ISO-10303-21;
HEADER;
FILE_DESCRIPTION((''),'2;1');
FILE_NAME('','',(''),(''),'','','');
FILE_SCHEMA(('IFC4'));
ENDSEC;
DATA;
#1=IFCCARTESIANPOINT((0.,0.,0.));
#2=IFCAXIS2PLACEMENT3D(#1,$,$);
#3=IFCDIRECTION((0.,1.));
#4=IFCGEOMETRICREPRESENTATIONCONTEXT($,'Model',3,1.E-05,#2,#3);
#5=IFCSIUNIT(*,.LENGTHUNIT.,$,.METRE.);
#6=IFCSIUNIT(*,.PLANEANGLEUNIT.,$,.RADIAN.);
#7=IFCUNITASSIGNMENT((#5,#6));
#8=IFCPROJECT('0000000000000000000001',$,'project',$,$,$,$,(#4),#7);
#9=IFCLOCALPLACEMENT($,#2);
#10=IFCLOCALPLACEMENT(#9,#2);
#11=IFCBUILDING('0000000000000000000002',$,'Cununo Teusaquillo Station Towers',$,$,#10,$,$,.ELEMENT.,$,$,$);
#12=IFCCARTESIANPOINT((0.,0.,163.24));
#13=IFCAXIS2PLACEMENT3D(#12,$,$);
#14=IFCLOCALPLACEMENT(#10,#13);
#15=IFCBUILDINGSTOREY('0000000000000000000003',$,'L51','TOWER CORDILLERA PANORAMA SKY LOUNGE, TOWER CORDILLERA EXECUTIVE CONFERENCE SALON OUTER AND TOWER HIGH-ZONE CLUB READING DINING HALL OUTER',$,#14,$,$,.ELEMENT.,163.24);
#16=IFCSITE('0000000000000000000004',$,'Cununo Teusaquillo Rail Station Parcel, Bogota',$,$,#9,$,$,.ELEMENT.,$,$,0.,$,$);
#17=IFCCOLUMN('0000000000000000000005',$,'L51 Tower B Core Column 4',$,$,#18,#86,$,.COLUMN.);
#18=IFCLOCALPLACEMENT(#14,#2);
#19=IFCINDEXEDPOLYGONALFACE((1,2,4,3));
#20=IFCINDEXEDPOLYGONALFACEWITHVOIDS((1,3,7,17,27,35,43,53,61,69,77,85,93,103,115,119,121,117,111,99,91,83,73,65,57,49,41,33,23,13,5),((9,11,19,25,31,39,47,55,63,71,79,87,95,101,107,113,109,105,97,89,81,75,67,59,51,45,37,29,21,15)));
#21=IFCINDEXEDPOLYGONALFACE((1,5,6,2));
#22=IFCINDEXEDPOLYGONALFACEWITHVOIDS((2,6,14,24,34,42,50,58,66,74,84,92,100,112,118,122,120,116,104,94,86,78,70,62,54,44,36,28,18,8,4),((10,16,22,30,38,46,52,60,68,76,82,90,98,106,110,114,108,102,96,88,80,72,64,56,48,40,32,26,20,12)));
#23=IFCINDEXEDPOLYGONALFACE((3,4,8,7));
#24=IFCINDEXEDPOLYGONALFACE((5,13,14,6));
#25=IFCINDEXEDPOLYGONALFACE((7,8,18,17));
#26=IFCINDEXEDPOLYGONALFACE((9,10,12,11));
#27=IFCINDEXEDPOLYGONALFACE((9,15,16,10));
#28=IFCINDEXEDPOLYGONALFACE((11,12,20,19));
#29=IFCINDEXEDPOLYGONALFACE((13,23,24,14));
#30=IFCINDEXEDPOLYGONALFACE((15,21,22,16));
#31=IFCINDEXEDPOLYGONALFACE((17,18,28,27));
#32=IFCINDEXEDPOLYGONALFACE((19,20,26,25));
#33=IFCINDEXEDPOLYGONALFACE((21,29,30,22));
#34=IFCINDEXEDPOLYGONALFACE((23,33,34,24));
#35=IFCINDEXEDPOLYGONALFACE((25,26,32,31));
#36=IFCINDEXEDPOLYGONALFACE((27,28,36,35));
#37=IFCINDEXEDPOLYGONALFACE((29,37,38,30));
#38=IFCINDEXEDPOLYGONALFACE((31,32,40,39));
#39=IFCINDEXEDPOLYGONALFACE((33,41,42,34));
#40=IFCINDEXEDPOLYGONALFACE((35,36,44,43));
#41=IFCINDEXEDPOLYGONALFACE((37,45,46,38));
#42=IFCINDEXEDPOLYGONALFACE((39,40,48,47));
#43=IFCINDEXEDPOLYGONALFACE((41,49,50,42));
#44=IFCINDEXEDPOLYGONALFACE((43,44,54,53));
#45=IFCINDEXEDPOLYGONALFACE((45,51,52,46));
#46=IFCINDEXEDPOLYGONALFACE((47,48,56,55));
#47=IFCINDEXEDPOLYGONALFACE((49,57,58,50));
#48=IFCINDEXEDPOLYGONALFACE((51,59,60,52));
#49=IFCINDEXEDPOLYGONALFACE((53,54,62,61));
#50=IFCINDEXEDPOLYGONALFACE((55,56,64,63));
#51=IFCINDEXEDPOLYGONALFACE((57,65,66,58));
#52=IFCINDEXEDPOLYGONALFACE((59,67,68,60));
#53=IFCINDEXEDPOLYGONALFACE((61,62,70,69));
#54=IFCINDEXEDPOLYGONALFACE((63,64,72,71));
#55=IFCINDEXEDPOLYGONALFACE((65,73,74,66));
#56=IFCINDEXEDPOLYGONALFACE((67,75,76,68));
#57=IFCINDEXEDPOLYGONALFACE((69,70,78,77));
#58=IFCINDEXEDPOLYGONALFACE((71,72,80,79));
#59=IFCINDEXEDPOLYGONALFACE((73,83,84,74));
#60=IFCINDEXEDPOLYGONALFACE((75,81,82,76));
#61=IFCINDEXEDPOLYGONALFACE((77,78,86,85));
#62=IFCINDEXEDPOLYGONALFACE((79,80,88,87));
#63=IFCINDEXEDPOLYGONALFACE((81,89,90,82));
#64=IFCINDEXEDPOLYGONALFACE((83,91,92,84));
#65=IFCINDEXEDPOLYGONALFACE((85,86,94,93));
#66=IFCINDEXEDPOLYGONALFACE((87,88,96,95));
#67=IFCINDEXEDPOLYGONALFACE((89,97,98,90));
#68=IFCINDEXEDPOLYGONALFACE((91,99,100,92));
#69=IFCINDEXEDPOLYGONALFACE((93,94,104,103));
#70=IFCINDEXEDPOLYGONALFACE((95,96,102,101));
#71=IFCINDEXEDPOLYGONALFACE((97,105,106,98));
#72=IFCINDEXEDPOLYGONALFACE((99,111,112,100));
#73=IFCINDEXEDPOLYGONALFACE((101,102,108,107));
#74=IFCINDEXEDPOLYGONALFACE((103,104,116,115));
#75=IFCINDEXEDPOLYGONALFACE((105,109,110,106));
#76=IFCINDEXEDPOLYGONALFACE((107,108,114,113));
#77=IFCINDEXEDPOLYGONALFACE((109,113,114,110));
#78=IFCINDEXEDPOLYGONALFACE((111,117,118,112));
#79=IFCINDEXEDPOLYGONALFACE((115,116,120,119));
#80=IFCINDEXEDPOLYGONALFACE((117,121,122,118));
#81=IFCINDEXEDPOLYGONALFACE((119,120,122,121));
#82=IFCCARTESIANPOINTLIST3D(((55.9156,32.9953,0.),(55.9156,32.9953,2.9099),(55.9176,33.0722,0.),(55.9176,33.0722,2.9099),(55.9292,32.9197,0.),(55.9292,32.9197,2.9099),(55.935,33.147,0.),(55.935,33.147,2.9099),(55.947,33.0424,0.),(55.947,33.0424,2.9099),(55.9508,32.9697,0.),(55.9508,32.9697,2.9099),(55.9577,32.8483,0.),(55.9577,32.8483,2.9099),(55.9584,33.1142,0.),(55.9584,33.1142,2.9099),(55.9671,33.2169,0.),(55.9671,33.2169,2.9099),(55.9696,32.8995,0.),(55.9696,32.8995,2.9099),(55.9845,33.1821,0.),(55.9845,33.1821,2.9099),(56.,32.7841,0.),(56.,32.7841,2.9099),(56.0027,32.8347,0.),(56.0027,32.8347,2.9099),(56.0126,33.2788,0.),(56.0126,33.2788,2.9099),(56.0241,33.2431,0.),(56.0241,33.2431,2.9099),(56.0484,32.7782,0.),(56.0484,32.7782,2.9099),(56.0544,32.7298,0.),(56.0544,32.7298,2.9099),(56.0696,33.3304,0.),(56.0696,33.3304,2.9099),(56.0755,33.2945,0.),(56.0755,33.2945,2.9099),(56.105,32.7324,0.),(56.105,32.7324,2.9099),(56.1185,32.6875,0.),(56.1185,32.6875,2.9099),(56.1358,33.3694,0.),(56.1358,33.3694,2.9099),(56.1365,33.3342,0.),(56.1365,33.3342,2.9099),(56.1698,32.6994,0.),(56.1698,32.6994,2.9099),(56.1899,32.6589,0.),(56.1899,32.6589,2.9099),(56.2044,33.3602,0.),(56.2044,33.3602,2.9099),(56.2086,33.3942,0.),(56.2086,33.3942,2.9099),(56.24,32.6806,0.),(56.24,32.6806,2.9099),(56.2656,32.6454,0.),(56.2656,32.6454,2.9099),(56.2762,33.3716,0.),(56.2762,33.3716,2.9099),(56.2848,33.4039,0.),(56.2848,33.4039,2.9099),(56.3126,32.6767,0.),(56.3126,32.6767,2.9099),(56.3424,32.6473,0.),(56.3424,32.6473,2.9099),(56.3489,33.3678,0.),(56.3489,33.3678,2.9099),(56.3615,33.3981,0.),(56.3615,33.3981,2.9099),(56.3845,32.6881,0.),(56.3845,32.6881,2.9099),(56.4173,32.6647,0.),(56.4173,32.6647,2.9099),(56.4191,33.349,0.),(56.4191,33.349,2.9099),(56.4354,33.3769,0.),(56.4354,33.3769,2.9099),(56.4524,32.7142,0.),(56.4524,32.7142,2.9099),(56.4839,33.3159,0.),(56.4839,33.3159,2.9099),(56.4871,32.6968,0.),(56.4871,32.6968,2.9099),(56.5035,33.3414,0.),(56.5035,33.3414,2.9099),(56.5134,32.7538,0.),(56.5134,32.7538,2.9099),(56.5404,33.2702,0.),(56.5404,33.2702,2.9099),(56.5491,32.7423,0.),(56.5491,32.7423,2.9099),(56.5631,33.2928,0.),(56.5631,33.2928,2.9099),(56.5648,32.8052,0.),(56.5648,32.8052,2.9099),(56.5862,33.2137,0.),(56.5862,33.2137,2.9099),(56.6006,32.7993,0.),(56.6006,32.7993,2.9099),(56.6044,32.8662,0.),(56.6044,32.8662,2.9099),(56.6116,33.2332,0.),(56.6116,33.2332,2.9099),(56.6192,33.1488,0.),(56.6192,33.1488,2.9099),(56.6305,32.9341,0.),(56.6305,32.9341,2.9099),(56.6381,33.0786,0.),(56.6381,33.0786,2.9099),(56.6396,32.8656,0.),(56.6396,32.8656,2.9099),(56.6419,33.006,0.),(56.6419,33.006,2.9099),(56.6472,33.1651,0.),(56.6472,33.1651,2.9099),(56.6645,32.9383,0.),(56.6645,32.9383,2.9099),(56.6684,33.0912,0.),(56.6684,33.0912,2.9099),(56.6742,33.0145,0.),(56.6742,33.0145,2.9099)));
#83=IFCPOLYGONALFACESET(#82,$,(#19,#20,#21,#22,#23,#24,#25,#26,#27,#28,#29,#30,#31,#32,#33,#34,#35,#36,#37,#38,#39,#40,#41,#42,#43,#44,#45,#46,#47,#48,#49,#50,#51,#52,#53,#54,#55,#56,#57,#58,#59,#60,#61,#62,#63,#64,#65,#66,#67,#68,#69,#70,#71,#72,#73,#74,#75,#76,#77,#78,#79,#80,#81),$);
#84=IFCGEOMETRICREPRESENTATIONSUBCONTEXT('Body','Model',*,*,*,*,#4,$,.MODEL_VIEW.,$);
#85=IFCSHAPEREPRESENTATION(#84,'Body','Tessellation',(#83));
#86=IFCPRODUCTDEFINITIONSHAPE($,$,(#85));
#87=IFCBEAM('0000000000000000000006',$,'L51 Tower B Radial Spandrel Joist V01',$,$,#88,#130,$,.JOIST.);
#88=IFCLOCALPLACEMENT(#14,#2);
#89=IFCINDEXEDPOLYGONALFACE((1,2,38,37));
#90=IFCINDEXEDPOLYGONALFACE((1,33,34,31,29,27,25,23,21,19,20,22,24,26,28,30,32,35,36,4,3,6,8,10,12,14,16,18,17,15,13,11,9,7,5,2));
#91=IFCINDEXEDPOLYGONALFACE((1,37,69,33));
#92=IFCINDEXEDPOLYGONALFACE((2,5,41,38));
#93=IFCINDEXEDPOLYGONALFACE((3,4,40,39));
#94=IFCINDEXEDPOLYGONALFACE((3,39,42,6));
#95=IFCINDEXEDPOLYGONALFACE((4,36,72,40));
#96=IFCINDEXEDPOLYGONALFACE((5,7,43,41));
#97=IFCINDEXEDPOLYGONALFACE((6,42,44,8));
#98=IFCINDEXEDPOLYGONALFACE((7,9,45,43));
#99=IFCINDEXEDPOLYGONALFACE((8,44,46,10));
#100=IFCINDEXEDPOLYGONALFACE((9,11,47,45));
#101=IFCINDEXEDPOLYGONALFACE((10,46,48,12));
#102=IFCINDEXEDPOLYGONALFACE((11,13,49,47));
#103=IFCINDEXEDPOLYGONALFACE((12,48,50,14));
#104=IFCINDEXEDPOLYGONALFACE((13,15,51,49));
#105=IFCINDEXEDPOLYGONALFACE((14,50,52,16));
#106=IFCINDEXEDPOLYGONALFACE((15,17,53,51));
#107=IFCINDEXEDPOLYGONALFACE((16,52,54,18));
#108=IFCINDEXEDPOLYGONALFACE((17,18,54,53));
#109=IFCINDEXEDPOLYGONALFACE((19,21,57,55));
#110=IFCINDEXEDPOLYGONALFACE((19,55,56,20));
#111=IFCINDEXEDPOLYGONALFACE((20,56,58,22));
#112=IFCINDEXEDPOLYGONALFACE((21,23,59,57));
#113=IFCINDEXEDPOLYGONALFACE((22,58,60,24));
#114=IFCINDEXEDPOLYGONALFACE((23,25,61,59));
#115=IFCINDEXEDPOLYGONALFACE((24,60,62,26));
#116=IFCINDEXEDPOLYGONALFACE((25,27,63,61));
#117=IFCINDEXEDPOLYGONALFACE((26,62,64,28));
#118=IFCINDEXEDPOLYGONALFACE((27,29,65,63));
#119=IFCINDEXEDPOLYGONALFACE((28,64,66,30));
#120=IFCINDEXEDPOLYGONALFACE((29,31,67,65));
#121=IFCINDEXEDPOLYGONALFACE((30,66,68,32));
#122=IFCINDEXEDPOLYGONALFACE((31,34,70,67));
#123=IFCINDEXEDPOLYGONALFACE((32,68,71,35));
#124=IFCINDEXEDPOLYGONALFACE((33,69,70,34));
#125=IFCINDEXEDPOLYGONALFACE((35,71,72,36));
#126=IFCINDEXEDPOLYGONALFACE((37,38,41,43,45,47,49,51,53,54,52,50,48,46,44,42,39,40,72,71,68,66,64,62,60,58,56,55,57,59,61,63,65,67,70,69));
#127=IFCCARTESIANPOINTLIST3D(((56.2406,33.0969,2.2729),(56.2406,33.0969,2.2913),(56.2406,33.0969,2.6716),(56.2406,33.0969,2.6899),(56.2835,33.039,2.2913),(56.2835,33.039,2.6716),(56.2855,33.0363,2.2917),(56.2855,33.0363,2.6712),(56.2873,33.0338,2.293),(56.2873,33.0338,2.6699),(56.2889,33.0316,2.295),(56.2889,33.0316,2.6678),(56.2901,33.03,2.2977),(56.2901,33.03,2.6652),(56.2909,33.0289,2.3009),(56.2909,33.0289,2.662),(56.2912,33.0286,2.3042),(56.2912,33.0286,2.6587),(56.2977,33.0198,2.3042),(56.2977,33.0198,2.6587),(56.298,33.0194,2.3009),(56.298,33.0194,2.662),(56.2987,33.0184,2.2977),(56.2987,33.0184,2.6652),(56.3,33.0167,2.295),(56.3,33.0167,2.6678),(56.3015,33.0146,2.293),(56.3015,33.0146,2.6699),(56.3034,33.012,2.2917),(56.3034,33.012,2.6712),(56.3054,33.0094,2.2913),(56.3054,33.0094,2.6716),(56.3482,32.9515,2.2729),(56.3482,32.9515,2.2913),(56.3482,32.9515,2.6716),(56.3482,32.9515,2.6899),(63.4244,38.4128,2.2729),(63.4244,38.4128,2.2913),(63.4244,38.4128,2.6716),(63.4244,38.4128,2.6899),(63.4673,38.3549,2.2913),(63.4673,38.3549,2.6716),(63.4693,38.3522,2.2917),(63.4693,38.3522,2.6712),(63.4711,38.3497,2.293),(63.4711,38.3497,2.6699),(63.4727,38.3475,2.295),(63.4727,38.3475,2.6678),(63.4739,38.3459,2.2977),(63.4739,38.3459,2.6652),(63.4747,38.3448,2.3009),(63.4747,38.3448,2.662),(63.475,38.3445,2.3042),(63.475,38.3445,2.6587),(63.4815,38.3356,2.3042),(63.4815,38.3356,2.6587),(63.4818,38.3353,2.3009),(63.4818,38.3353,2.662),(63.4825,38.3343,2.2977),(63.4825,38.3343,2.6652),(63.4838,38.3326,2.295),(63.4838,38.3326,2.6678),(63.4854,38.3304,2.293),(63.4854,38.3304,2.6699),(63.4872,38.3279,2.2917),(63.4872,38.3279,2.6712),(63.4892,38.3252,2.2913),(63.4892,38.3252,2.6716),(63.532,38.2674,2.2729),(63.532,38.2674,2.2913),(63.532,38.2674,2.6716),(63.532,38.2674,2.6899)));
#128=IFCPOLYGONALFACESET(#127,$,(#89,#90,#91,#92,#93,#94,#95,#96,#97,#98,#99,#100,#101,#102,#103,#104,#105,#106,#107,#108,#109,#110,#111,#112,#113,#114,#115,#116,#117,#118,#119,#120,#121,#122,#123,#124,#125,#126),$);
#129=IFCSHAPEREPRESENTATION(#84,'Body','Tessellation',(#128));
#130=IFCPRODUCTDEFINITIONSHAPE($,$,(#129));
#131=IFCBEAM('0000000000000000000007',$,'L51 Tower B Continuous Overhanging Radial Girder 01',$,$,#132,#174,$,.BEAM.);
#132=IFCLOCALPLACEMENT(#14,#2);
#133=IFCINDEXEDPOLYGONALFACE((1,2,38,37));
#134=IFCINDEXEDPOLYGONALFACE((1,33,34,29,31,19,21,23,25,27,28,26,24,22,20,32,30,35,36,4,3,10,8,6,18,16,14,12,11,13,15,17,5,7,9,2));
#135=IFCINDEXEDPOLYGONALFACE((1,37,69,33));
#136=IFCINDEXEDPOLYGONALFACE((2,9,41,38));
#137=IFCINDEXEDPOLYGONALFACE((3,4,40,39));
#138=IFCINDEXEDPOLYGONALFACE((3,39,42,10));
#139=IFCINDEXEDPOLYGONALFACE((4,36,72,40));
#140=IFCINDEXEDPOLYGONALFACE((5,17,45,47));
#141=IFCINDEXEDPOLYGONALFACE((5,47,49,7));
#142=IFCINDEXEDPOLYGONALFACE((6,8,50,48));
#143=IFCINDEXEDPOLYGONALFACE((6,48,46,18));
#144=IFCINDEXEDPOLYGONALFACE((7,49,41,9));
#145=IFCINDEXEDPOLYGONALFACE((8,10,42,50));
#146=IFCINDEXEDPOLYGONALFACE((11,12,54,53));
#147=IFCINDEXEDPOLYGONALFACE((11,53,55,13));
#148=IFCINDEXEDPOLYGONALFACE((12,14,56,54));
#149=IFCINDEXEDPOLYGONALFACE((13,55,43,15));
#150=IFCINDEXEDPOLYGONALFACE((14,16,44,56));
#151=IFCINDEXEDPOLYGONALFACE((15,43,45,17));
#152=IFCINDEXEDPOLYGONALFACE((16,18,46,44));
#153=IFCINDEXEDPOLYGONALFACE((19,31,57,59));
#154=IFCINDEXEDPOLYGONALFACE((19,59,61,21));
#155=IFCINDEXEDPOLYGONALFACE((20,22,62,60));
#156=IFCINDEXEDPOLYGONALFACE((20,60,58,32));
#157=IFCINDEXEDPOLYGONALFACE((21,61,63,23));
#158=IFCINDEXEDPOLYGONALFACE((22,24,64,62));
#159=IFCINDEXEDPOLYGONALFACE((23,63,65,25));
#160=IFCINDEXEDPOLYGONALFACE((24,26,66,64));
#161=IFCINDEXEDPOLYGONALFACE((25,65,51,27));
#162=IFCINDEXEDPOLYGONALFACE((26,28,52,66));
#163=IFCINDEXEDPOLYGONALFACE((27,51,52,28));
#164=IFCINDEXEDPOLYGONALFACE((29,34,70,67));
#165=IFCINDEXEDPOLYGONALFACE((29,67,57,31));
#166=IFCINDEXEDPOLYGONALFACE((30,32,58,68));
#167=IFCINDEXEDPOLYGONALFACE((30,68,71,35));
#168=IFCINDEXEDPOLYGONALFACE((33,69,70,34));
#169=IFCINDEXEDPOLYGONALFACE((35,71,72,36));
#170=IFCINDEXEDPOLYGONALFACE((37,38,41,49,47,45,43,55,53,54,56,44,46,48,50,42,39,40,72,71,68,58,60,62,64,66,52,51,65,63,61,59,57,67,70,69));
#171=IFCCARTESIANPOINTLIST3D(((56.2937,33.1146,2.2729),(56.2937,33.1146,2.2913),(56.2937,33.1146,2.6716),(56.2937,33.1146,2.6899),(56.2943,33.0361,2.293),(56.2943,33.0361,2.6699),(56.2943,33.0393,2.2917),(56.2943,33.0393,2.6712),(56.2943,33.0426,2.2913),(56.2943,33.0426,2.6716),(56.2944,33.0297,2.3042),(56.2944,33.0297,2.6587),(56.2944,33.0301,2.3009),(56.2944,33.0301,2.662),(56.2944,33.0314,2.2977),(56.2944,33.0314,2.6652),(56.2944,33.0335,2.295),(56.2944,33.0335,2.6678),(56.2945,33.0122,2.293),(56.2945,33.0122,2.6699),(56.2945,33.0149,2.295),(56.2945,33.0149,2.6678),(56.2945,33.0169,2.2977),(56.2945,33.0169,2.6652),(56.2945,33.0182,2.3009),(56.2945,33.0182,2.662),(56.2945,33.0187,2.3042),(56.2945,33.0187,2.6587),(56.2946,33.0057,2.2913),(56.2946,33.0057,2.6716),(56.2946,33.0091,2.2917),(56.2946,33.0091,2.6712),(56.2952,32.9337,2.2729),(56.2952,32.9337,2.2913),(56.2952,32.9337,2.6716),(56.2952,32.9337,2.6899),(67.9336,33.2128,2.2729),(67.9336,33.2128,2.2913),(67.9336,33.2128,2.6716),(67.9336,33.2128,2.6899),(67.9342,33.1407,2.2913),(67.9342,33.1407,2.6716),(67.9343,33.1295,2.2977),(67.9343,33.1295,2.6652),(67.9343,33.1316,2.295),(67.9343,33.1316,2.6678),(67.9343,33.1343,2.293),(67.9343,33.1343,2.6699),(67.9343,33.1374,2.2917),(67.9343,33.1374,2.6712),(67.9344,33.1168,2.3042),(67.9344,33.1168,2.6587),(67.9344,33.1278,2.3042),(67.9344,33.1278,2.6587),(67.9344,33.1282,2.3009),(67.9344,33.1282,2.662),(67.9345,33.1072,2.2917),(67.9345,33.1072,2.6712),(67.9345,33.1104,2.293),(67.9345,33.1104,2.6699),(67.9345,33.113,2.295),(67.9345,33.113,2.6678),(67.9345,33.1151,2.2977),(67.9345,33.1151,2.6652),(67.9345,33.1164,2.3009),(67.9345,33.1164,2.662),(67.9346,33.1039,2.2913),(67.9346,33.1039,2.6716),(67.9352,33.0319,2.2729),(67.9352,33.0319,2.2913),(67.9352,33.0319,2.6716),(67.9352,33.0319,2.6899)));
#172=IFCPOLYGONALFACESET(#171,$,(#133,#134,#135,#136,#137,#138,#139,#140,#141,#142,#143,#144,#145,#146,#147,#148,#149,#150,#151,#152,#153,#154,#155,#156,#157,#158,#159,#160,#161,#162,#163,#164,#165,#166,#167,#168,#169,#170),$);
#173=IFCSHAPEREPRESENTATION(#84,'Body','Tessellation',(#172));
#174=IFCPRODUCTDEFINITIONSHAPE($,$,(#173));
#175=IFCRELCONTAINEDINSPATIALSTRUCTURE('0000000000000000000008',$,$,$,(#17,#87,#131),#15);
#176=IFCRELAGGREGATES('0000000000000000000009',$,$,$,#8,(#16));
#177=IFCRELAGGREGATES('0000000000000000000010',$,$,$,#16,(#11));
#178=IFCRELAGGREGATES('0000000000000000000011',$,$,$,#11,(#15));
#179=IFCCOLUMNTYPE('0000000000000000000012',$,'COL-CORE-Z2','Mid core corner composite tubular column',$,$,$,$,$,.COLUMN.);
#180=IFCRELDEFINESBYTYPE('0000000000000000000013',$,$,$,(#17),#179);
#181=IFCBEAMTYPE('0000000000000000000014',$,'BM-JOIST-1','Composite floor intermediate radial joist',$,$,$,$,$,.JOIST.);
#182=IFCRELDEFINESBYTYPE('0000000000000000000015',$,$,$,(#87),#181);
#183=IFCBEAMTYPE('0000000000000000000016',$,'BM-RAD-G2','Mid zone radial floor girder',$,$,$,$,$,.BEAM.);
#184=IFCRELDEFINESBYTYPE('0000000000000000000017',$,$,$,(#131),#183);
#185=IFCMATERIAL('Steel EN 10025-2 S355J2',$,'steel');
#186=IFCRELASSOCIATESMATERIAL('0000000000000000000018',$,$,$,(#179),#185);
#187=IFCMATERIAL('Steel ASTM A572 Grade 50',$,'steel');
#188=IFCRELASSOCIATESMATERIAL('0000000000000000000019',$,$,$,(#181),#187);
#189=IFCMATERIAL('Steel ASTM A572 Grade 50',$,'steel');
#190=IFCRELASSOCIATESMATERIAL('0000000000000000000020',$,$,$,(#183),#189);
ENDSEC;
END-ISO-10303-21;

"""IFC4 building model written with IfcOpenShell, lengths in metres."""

from ifc_helpers import new_model, si_unit, direction, frame, origin, origin_2d, place, context, subcontext, project, spatial, hollow_circle, i_section, extrude, material, material_profile, profile_set, type_object, element, save


model = new_model("IFC4")

# Units and contexts
model_context = context("Model", 3, precision=1e-05, world=origin(), true_north=direction((0.0, 1.0)))
body_context = subcontext(model_context, "Body", "Model", "MODEL_VIEW")
ifc_project = project(units=[si_unit("LENGTHUNIT", "METRE"), si_unit("PLANEANGLEUNIT", "RADIAN")], contexts=[model_context])

# Site, building, storey
site_placement = place(None, origin())
site = spatial("IfcSite", under=ifc_project, at=site_placement, Name="Cununo Teusaquillo Rail Station Parcel, Bogota", CompositionType="ELEMENT", RefElevation=0.0)
building_placement = place(site_placement, origin())
building = spatial("IfcBuilding", under=site, at=building_placement, Name="Cununo Teusaquillo Station Towers", CompositionType="ELEMENT")
storey_placement = place(building_placement, frame((0.0, 0.0, 163.24)))
storey = spatial("IfcBuildingStorey", under=building, at=storey_placement, Name="L51", Description="TOWER CORDILLERA PANORAMA SKY LOUNGE, TOWER CORDILLERA EXECUTIVE CONFERENCE SALON OUTER AND TOWER HIGH-ZONE CLUB READING DINING HALL OUTER", CompositionType="ELEMENT", Elevation=163.24)

# Column
ifc_material_1 = material(Name="Steel EN 10025-2 S355J2", Category="steel")
ifc_material_profile_1 = material_profile(ifc_material_1, hollow_circle(Radius=0.3799, WallThickness=0.032, at=origin_2d()), Name="CHS 760x32")
ifc_profile_set_1 = profile_set([ifc_material_profile_1], Name="Steel EN 10025-2 S355J2")
column_type = type_object("IfcColumnType", Name="COL-CORE-Z2", Description="Mid core corner composite tubular column", PredefinedType="COLUMN", material=ifc_profile_set_1)
column_placement = place(storey_placement, frame((56.2944, 33.0242, 0.0), z_axis=(0.0, 0.0, 1.0), x_axis=(0.707107, 0.707107, 0.0)))
element("IfcColumn", 1, at=column_placement, inside=storey, type_object=column_type, Name="L51 Tower B Core Column 4", PredefinedType="COLUMN", context=body_context, shape_type="SweptSolid", body=[
    extrude(hollow_circle(Radius=0.3799, WallThickness=0.032, at=origin_2d()), origin(), (0.0, 0.0, 1.0), 2.9099),
])

# Beams
ifc_material_2 = material(Name="Steel ASTM A572 Grade 50", Category="steel")
ifc_material_profile_2 = material_profile(ifc_material_2, i_section(OverallWidth=0.1809, OverallDepth=0.417, WebThickness=0.011, FlangeThickness=0.0183, FilletRadius=0.0129, at=origin_2d()), Name="W16X57")
ifc_profile_set_2 = profile_set([ifc_material_profile_2], Name="Steel ASTM A572 Grade 50")
beam_type_1 = type_object("IfcBeamType", Name="BM-JOIST-1", Description="Composite floor intermediate radial joist", PredefinedType="JOIST", material=ifc_profile_set_2)
beam_1_placement = place(storey_placement, frame((56.2944, 33.0242, 2.4814), z_axis=(0.803848, 0.594834, 0.0), x_axis=(-0.594834, 0.803848, 0.0)))
element("IfcBeam", 2, at=beam_1_placement, inside=storey, type_object=beam_type_1, Name="L51 Tower B Radial Spandrel Joist V01", PredefinedType="JOIST", context=body_context, shape_type="SweptSolid", body=[
    extrude(i_section(OverallWidth=0.1809, OverallDepth=0.417, WebThickness=0.011, FlangeThickness=0.0183, FilletRadius=0.0129, at=origin_2d()), origin(), (0.0, 0.0, 1.0), 8.9368),
])
ifc_material_3 = material(Name="Steel ASTM A572 Grade 50", Category="steel")
ifc_material_profile_3 = material_profile(ifc_material_3, i_section(OverallWidth=0.1809, OverallDepth=0.417, WebThickness=0.011, FlangeThickness=0.0183, FilletRadius=0.0129, at=origin_2d()), Name="W16X57")
ifc_profile_set_3 = profile_set([ifc_material_profile_3], Name="Steel ASTM A572 Grade 50")
beam_type_2 = type_object("IfcBeamType", Name="BM-RAD-G2", Description="Mid zone radial floor girder", PredefinedType="BEAM", material=ifc_profile_set_3)
beam_2_placement = place(storey_placement, frame((56.2944, 33.0242, 2.4814), z_axis=(0.999964, 0.008431, 0.0), x_axis=(-0.008431, 0.999964, 0.0)))
element("IfcBeam", 3, at=beam_2_placement, inside=storey, type_object=beam_type_2, Name="L51 Tower B Continuous Overhanging Radial Girder 01", PredefinedType="BEAM", context=body_context, shape_type="SweptSolid", body=[
    extrude(i_section(OverallWidth=0.1809, OverallDepth=0.417, WebThickness=0.011, FlangeThickness=0.0183, FilletRadius=0.0129, at=origin_2d()), origin(), (0.0, 0.0, 1.0), 11.6404),
])

save(model, "model.ifc")
